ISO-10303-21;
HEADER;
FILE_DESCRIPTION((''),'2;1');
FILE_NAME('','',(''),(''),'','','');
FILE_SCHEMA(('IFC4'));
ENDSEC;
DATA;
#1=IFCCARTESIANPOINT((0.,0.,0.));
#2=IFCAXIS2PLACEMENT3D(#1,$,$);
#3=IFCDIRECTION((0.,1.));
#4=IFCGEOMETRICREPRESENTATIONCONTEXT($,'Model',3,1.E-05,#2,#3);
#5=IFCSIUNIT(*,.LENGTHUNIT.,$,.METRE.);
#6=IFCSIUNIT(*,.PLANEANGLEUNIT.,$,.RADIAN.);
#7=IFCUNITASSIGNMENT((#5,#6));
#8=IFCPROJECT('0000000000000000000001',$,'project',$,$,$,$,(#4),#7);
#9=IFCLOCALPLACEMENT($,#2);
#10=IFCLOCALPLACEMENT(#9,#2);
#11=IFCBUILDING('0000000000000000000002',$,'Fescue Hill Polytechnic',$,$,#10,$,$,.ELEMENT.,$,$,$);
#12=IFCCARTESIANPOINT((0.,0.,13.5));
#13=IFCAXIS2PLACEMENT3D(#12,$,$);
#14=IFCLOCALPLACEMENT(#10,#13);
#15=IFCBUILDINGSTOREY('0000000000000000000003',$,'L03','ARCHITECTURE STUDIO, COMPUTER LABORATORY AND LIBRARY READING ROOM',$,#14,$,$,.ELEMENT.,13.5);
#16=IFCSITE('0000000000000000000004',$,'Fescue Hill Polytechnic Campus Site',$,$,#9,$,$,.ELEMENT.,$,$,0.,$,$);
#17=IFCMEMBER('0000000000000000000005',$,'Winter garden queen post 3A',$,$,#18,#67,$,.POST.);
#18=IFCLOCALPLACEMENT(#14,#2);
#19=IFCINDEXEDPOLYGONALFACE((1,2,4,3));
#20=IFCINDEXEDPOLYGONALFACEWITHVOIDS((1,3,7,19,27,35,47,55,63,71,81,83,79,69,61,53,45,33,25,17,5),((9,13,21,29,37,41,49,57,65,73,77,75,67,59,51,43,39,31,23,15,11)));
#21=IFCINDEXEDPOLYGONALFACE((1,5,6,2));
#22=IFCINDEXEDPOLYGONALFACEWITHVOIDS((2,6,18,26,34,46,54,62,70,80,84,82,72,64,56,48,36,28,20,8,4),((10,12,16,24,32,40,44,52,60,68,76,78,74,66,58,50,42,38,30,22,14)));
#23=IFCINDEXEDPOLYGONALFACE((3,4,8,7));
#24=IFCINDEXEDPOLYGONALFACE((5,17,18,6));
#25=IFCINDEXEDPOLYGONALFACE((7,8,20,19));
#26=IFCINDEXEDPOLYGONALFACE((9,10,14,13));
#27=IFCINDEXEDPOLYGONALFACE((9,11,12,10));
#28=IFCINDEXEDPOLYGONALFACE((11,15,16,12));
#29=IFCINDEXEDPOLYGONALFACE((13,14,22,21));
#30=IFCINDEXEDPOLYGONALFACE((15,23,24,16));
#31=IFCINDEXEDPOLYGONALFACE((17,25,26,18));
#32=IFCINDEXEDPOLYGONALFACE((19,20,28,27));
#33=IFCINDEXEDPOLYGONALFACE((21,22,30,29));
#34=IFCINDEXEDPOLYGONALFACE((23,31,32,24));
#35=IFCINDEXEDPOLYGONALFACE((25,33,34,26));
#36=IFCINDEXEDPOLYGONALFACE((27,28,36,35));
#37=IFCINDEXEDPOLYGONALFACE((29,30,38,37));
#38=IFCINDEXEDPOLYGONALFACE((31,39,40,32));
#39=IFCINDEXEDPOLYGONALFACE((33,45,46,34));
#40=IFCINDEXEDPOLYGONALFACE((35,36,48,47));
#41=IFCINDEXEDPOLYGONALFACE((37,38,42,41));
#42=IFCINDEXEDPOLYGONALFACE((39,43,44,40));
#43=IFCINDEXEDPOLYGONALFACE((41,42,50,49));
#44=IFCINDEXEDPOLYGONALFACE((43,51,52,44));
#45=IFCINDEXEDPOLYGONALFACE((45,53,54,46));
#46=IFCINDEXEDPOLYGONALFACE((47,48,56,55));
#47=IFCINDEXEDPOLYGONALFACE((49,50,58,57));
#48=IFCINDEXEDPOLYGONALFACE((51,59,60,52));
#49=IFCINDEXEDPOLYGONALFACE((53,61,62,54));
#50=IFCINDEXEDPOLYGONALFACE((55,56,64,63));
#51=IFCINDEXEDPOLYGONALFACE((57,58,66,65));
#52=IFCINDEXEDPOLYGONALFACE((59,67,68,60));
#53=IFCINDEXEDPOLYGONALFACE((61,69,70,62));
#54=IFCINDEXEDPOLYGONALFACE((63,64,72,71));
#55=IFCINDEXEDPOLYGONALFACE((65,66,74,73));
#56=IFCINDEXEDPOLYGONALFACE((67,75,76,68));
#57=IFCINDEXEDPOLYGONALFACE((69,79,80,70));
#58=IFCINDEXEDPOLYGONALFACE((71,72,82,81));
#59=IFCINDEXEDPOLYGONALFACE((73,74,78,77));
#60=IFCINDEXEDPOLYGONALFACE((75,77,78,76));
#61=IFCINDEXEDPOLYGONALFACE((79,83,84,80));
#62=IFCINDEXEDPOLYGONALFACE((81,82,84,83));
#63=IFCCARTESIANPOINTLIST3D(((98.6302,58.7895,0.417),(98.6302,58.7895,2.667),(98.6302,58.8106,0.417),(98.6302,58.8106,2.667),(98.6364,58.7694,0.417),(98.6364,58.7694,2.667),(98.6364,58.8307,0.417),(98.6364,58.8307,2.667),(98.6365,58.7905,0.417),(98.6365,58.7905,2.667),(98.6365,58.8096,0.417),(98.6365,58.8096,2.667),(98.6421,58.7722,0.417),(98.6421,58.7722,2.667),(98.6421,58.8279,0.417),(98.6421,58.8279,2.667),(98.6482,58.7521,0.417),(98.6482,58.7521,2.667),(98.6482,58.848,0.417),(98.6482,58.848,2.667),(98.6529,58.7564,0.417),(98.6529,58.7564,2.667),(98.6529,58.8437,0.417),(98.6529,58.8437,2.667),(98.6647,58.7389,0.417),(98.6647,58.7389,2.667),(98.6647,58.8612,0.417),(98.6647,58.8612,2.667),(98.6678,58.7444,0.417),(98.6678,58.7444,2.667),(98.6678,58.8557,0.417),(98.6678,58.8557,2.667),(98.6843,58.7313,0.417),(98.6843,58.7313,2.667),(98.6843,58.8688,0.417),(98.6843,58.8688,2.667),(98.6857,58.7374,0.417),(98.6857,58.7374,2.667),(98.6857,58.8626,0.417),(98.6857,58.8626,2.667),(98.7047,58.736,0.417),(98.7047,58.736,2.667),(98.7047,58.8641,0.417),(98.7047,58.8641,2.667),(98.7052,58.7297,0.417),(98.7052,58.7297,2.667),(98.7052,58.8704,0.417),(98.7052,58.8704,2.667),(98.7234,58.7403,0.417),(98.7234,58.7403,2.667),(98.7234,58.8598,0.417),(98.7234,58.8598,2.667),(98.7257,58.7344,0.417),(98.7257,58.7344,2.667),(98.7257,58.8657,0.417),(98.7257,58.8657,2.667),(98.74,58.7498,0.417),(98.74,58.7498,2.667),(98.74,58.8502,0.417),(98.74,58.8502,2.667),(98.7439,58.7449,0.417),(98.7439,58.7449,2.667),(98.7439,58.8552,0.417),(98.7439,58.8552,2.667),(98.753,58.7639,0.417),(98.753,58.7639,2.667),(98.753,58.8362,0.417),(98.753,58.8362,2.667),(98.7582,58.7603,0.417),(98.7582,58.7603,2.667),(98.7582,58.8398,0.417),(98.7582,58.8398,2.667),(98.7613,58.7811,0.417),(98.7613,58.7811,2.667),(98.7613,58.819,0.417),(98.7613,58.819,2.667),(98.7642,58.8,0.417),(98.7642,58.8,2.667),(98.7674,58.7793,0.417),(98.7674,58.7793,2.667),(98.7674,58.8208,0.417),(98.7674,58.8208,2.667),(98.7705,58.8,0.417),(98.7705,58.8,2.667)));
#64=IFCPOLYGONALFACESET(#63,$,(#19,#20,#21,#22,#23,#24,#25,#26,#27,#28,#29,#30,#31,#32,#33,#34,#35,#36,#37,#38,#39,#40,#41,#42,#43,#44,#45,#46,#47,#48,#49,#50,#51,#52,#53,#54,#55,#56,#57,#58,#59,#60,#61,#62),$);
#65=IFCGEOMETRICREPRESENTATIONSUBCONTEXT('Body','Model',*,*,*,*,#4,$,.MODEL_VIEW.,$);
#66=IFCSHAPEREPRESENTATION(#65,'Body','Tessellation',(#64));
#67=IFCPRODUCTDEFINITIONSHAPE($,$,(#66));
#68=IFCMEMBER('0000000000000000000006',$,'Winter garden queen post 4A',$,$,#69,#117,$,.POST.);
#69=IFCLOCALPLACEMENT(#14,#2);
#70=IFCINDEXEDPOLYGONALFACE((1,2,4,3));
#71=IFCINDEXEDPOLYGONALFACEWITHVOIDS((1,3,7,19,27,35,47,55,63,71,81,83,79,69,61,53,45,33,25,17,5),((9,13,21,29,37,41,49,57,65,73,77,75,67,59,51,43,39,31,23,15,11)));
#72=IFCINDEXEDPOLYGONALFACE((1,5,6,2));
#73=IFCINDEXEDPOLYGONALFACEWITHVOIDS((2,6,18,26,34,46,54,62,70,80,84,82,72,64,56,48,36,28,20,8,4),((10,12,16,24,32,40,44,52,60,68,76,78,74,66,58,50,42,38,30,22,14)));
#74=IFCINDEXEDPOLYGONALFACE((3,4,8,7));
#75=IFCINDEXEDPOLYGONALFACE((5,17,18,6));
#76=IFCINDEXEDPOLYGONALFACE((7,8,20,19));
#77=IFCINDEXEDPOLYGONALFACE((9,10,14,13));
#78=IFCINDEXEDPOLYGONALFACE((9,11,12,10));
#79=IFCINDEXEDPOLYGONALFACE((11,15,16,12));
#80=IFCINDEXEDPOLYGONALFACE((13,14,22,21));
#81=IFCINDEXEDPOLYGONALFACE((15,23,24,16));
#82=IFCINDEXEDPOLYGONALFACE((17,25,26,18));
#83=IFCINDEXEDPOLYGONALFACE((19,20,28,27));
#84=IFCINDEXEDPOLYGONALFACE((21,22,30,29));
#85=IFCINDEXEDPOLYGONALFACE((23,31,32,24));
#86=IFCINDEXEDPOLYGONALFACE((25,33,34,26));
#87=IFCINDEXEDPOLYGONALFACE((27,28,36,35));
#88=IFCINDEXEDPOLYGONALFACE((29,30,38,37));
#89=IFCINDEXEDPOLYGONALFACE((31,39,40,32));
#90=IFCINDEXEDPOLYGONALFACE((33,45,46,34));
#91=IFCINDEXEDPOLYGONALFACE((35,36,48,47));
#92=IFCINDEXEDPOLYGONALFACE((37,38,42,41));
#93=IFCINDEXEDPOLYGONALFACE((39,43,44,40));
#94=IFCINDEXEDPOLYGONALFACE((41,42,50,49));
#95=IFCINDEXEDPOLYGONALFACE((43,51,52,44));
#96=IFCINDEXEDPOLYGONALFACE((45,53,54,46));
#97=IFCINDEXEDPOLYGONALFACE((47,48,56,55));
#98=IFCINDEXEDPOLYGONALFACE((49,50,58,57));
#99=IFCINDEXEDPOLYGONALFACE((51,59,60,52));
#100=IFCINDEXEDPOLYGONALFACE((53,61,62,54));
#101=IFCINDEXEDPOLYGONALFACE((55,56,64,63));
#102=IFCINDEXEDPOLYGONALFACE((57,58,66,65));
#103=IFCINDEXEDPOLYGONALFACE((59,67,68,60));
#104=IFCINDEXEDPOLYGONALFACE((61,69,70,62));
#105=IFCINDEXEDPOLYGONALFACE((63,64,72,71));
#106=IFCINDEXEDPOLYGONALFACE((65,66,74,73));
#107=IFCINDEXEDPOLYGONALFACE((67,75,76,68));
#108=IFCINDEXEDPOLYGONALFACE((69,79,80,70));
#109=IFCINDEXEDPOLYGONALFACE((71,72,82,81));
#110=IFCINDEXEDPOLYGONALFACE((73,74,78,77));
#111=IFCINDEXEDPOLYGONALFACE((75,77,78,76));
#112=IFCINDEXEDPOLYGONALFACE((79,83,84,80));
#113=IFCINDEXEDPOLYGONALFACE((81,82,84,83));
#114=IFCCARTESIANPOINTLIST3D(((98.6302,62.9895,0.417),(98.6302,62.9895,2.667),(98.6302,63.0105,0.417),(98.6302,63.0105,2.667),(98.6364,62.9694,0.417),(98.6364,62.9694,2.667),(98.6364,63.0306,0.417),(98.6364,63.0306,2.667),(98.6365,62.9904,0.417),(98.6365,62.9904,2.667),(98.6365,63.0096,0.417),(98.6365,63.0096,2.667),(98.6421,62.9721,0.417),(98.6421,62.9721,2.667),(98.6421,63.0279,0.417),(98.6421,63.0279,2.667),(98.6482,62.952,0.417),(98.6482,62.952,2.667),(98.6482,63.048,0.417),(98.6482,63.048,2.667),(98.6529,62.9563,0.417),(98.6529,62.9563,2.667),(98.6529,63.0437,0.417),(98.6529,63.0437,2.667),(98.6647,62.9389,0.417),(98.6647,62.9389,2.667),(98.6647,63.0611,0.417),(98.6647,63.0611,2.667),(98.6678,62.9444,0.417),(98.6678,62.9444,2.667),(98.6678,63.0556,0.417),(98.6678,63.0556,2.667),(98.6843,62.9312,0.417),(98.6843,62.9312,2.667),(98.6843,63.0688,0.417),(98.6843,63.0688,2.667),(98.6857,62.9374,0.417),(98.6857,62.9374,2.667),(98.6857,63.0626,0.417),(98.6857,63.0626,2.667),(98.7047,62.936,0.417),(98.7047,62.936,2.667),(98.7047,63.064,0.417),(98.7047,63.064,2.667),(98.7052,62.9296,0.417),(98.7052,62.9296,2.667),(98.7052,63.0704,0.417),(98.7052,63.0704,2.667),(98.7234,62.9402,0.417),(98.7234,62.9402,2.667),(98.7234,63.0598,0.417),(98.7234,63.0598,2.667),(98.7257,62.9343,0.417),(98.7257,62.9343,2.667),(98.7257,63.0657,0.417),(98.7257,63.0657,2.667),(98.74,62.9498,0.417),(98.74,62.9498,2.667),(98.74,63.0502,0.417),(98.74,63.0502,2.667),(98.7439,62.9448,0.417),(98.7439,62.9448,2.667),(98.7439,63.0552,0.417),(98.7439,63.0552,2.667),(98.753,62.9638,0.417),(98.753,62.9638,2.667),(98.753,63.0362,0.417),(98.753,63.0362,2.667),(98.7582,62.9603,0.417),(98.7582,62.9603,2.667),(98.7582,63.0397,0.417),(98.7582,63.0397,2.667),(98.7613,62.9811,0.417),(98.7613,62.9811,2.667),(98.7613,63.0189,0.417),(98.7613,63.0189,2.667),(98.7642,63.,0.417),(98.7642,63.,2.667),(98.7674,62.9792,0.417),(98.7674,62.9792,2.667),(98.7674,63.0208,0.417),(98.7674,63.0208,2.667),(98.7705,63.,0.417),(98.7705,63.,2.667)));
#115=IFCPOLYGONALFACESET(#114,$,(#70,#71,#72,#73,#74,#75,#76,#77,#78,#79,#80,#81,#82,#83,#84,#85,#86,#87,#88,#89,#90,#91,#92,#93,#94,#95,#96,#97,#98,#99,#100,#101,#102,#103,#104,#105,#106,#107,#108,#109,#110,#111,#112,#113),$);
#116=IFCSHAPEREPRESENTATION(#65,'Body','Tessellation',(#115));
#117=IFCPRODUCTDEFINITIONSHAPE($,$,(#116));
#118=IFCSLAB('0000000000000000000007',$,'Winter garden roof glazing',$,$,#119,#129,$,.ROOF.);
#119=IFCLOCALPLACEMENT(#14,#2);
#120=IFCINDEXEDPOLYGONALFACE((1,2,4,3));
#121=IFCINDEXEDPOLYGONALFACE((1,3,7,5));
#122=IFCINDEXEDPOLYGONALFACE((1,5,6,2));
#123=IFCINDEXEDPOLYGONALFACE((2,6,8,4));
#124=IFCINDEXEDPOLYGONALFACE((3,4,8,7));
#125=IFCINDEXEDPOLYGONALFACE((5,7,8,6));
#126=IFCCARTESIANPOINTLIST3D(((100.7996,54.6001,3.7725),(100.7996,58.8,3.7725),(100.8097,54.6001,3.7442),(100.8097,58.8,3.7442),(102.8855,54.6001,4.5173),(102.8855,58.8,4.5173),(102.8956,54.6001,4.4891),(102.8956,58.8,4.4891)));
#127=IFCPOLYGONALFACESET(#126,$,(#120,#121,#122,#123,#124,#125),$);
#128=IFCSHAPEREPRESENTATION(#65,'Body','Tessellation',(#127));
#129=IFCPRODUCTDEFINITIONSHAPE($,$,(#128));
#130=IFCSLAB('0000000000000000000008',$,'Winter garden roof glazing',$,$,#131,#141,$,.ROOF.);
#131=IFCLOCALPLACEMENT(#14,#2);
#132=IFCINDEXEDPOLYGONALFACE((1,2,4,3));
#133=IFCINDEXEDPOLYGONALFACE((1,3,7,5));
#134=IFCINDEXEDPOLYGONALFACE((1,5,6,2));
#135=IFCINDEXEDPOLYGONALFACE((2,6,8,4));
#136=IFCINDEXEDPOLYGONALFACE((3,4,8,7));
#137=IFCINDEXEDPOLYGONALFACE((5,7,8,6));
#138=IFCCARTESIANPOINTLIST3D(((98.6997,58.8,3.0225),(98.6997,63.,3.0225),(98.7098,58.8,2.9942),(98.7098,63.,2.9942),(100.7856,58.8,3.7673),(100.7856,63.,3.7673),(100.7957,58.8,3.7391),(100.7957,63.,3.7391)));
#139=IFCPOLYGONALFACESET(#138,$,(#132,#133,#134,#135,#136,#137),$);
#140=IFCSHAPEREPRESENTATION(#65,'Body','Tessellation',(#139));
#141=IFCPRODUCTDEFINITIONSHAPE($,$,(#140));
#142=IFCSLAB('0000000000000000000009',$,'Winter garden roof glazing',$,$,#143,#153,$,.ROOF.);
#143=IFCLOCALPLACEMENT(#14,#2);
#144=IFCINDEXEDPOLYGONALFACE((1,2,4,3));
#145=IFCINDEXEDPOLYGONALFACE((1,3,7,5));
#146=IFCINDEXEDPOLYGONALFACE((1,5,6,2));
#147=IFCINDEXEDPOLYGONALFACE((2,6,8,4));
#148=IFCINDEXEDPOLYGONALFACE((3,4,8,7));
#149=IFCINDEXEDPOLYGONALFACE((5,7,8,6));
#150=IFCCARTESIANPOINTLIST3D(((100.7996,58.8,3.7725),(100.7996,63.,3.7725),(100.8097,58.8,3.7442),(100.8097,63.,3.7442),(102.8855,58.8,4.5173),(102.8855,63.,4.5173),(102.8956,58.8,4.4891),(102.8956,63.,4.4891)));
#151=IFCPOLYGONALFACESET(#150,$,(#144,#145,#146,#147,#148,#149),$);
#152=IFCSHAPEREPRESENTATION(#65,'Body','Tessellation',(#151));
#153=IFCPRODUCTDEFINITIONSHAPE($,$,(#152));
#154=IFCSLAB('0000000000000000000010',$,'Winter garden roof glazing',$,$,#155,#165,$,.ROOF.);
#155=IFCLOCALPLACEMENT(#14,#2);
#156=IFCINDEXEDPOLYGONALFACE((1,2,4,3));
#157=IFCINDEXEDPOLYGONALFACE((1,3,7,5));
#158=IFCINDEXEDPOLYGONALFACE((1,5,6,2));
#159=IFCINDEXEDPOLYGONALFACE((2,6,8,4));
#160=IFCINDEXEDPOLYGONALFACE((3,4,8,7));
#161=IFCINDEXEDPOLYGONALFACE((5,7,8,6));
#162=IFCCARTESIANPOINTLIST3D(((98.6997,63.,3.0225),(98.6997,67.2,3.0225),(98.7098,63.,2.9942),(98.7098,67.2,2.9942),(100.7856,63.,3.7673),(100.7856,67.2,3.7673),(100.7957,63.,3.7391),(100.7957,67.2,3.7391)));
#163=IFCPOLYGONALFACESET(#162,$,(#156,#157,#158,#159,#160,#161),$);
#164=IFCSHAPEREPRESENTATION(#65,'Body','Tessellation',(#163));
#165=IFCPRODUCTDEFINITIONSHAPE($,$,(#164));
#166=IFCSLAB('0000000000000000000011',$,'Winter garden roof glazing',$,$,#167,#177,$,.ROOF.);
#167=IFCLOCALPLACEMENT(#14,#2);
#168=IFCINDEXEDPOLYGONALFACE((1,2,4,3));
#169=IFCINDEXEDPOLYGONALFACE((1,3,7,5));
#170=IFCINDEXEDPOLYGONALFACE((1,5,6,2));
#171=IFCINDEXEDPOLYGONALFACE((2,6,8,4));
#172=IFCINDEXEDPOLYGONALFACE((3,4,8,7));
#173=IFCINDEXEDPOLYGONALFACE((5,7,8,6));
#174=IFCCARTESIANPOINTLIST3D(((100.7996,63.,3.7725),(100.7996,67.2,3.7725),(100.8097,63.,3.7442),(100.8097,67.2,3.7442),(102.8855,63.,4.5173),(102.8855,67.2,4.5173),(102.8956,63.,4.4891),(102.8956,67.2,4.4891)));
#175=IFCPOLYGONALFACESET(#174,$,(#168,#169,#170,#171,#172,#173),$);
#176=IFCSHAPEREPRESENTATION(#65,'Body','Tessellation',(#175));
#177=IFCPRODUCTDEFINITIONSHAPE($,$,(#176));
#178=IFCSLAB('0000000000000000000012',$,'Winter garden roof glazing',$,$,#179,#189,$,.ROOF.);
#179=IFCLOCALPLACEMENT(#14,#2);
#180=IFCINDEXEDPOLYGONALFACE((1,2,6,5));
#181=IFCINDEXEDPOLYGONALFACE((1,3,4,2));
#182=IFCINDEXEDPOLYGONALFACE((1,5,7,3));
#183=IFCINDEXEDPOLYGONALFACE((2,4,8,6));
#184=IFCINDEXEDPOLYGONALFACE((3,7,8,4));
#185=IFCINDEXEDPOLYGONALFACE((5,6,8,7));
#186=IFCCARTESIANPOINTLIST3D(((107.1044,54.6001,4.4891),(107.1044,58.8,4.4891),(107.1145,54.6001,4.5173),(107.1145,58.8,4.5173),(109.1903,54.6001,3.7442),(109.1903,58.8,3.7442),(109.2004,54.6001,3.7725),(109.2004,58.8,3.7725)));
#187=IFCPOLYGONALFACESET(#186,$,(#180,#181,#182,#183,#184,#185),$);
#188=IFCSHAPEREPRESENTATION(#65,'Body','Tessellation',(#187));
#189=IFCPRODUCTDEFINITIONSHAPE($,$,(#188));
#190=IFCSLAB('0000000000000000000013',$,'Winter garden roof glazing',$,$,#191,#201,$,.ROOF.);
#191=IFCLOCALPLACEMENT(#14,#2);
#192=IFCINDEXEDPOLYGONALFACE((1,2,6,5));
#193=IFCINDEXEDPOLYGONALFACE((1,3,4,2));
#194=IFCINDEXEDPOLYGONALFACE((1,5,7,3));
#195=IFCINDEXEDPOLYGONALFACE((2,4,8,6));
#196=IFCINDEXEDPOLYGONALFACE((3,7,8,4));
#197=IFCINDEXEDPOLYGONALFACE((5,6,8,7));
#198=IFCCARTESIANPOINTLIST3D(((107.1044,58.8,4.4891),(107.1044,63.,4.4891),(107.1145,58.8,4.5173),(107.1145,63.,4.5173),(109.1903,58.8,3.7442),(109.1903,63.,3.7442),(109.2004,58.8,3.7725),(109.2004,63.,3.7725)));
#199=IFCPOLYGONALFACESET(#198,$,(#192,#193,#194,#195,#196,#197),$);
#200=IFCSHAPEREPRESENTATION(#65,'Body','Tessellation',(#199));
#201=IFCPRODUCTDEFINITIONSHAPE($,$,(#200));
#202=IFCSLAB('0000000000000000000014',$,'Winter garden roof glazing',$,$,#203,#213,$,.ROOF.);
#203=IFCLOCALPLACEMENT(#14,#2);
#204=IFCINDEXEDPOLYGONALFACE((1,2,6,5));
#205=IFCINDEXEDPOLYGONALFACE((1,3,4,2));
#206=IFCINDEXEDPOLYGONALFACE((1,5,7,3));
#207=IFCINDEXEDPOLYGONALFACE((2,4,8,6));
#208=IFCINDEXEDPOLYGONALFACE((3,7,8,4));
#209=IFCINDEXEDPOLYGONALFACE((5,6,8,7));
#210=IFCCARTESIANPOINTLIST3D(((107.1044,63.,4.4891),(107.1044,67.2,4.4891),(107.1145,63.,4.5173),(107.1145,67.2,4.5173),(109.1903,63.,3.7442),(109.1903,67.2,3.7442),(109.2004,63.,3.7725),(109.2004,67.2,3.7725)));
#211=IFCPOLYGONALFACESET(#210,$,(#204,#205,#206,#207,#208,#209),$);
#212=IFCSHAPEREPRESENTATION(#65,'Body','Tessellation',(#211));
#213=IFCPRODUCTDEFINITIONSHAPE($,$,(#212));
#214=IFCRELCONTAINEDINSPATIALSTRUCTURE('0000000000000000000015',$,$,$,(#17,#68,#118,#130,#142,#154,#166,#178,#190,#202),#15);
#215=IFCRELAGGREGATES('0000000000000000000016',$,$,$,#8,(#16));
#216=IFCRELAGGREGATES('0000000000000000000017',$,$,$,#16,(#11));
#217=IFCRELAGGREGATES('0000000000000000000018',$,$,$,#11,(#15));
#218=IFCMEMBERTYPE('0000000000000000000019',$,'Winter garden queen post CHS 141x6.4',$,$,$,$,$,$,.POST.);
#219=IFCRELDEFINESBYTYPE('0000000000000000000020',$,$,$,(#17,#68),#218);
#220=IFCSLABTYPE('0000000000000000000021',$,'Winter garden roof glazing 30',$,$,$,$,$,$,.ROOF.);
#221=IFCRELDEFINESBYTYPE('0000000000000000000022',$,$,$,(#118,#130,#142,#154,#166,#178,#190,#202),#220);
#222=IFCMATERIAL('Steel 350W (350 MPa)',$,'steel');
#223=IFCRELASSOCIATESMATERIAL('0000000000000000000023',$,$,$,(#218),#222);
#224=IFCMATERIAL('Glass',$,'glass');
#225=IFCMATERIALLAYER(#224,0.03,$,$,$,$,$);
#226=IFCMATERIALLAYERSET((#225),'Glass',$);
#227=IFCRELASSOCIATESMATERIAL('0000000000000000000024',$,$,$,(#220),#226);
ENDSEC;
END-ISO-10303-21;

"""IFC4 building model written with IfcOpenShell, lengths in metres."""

from ifc_helpers import new_model, si_unit, direction, frame, origin, origin_2d, place, context, subcontext, project, spatial, polyline, hollow_circle, outline, extrude, material, layer, layer_set, material_profile, profile_set, type_object, element, save


model = new_model("IFC4")

# Units and contexts
model_context = context("Model", 3, precision=1e-05, world=origin(), true_north=direction((0.0, 1.0)))
body_context = subcontext(model_context, "Body", "Model", "MODEL_VIEW")
ifc_project = project(units=[si_unit("LENGTHUNIT", "METRE"), si_unit("PLANEANGLEUNIT", "RADIAN")], contexts=[model_context])

# Site, building, storey
site_placement = place(None, origin())
site = spatial("IfcSite", under=ifc_project, at=site_placement, Name="Fescue Hill Polytechnic Campus Site", CompositionType="ELEMENT", RefElevation=0.0)
building_placement = place(site_placement, origin())
building = spatial("IfcBuilding", under=site, at=building_placement, Name="Fescue Hill Polytechnic", CompositionType="ELEMENT")
storey_placement = place(building_placement, frame((0.0, 0.0, 13.5)))
storey = spatial("IfcBuildingStorey", under=building, at=storey_placement, Name="L03", Description="ARCHITECTURE STUDIO, COMPUTER LABORATORY AND LIBRARY READING ROOM", CompositionType="ELEMENT", Elevation=13.5)

# Members
ifc_material_1 = material(Name="Steel 350W (350 MPa)", Category="steel")
ifc_material_profile_1 = material_profile(ifc_material_1, hollow_circle(Radius=0.0706, WallThickness=0.0063, at=origin_2d()), Name="Winter garden queen post CHS 141x6.4")
ifc_profile_set_1 = profile_set([ifc_material_profile_1], Name="Steel 350W (350 MPa)")
member_type_1 = type_object("IfcMemberType", Name="Winter garden queen post CHS 141x6.4", PredefinedType="POST", material=ifc_profile_set_1)
for number, where, z_axis, x_axis, name in (
    (1, (98.7, 58.8, 0.417), (0.0, 0.0, 1.0), (1.0, 0.0, 0.0), "Winter garden queen post 3A"),
    (2, (98.7, 63.0, 0.417), (0.0, 0.0, 1.0), (1.0, 0.0, 0.0), "Winter garden queen post 4A"),
):
    element("IfcMember", number, at=place(storey_placement, frame(where, z_axis=z_axis, x_axis=x_axis)), inside=storey, type_object=member_type_1, Name=name, PredefinedType="POST", context=body_context, shape_type="SweptSolid", body=[
        extrude(hollow_circle(Radius=0.0706, WallThickness=0.0063, at=origin_2d()), origin(), (0.0, 0.0, 1.0), 2.25),
    ])

# Slabs
ifc_material_2 = material(Name="Glass", Category="glass")
ifc_layer = layer(ifc_material_2, 0.03)
ifc_layer_set = layer_set([ifc_layer], Name="Glass")
slab_type = type_object("IfcSlabType", Name="Winter garden roof glazing 30", PredefinedType="ROOF", material=ifc_layer_set)
for number, where, z_axis, x_axis, name in (
    (3, (100.7996, 54.6001, 3.7725), (-0.336295, 0.0, 0.941757), (0.0, 1.0, 0.0), "Winter garden roof glazing"),
    (4, (98.6997, 58.8, 3.0225), (-0.336295, 0.0, 0.941757), (0.0, 1.0, 0.0), "Winter garden roof glazing"),
    (5, (100.7996, 58.8, 3.7725), (-0.336295, 0.0, 0.941757), (0.0, 1.0, 0.0), "Winter garden roof glazing"),
    (6, (98.6997, 63.0, 3.0225), (-0.336295, 0.0, 0.941757), (0.0, 1.0, 0.0), "Winter garden roof glazing"),
    (7, (100.7996, 63.0, 3.7725), (-0.336295, 0.0, 0.941757), (0.0, 1.0, 0.0), "Winter garden roof glazing"),
):
    element("IfcSlab", number, at=place(storey_placement, frame(where, z_axis=z_axis, x_axis=x_axis)), inside=storey, type_object=slab_type, Name=name, PredefinedType="ROOF", context=body_context, shape_type="SweptSolid", body=[
        extrude(outline(polyline([(0.0, 0.0), (4.2, 0.0), (4.2, -2.2149), (0.0, -2.2149), (0.0, 0.0)])), origin(), (0.0, 0.0, -1.0), 0.03),
    ])
for number, where, z_axis, x_axis, name in (
    (8, (109.2004, 54.6001, 3.7725), (0.336295, 0.0, 0.941757), (0.0, 1.0, 0.0), "Winter garden roof glazing"),
    (9, (109.2004, 58.8, 3.7725), (0.336295, 0.0, 0.941757), (0.0, 1.0, 0.0), "Winter garden roof glazing"),
    (10, (109.2004, 63.0, 3.7725), (0.336295, 0.0, 0.941757), (0.0, 1.0, 0.0), "Winter garden roof glazing"),
):
    element("IfcSlab", number, at=place(storey_placement, frame(where, z_axis=z_axis, x_axis=x_axis)), inside=storey, type_object=slab_type, Name=name, PredefinedType="ROOF", context=body_context, shape_type="SweptSolid", body=[
        extrude(outline(polyline([(0.0, 0.0), (4.2, 0.0), (4.2, 2.2149), (0.0, 2.2149), (0.0, 0.0)])), origin(), (0.0, 0.0, -1.0), 0.03),
    ])

save(model, "model.ifc")
